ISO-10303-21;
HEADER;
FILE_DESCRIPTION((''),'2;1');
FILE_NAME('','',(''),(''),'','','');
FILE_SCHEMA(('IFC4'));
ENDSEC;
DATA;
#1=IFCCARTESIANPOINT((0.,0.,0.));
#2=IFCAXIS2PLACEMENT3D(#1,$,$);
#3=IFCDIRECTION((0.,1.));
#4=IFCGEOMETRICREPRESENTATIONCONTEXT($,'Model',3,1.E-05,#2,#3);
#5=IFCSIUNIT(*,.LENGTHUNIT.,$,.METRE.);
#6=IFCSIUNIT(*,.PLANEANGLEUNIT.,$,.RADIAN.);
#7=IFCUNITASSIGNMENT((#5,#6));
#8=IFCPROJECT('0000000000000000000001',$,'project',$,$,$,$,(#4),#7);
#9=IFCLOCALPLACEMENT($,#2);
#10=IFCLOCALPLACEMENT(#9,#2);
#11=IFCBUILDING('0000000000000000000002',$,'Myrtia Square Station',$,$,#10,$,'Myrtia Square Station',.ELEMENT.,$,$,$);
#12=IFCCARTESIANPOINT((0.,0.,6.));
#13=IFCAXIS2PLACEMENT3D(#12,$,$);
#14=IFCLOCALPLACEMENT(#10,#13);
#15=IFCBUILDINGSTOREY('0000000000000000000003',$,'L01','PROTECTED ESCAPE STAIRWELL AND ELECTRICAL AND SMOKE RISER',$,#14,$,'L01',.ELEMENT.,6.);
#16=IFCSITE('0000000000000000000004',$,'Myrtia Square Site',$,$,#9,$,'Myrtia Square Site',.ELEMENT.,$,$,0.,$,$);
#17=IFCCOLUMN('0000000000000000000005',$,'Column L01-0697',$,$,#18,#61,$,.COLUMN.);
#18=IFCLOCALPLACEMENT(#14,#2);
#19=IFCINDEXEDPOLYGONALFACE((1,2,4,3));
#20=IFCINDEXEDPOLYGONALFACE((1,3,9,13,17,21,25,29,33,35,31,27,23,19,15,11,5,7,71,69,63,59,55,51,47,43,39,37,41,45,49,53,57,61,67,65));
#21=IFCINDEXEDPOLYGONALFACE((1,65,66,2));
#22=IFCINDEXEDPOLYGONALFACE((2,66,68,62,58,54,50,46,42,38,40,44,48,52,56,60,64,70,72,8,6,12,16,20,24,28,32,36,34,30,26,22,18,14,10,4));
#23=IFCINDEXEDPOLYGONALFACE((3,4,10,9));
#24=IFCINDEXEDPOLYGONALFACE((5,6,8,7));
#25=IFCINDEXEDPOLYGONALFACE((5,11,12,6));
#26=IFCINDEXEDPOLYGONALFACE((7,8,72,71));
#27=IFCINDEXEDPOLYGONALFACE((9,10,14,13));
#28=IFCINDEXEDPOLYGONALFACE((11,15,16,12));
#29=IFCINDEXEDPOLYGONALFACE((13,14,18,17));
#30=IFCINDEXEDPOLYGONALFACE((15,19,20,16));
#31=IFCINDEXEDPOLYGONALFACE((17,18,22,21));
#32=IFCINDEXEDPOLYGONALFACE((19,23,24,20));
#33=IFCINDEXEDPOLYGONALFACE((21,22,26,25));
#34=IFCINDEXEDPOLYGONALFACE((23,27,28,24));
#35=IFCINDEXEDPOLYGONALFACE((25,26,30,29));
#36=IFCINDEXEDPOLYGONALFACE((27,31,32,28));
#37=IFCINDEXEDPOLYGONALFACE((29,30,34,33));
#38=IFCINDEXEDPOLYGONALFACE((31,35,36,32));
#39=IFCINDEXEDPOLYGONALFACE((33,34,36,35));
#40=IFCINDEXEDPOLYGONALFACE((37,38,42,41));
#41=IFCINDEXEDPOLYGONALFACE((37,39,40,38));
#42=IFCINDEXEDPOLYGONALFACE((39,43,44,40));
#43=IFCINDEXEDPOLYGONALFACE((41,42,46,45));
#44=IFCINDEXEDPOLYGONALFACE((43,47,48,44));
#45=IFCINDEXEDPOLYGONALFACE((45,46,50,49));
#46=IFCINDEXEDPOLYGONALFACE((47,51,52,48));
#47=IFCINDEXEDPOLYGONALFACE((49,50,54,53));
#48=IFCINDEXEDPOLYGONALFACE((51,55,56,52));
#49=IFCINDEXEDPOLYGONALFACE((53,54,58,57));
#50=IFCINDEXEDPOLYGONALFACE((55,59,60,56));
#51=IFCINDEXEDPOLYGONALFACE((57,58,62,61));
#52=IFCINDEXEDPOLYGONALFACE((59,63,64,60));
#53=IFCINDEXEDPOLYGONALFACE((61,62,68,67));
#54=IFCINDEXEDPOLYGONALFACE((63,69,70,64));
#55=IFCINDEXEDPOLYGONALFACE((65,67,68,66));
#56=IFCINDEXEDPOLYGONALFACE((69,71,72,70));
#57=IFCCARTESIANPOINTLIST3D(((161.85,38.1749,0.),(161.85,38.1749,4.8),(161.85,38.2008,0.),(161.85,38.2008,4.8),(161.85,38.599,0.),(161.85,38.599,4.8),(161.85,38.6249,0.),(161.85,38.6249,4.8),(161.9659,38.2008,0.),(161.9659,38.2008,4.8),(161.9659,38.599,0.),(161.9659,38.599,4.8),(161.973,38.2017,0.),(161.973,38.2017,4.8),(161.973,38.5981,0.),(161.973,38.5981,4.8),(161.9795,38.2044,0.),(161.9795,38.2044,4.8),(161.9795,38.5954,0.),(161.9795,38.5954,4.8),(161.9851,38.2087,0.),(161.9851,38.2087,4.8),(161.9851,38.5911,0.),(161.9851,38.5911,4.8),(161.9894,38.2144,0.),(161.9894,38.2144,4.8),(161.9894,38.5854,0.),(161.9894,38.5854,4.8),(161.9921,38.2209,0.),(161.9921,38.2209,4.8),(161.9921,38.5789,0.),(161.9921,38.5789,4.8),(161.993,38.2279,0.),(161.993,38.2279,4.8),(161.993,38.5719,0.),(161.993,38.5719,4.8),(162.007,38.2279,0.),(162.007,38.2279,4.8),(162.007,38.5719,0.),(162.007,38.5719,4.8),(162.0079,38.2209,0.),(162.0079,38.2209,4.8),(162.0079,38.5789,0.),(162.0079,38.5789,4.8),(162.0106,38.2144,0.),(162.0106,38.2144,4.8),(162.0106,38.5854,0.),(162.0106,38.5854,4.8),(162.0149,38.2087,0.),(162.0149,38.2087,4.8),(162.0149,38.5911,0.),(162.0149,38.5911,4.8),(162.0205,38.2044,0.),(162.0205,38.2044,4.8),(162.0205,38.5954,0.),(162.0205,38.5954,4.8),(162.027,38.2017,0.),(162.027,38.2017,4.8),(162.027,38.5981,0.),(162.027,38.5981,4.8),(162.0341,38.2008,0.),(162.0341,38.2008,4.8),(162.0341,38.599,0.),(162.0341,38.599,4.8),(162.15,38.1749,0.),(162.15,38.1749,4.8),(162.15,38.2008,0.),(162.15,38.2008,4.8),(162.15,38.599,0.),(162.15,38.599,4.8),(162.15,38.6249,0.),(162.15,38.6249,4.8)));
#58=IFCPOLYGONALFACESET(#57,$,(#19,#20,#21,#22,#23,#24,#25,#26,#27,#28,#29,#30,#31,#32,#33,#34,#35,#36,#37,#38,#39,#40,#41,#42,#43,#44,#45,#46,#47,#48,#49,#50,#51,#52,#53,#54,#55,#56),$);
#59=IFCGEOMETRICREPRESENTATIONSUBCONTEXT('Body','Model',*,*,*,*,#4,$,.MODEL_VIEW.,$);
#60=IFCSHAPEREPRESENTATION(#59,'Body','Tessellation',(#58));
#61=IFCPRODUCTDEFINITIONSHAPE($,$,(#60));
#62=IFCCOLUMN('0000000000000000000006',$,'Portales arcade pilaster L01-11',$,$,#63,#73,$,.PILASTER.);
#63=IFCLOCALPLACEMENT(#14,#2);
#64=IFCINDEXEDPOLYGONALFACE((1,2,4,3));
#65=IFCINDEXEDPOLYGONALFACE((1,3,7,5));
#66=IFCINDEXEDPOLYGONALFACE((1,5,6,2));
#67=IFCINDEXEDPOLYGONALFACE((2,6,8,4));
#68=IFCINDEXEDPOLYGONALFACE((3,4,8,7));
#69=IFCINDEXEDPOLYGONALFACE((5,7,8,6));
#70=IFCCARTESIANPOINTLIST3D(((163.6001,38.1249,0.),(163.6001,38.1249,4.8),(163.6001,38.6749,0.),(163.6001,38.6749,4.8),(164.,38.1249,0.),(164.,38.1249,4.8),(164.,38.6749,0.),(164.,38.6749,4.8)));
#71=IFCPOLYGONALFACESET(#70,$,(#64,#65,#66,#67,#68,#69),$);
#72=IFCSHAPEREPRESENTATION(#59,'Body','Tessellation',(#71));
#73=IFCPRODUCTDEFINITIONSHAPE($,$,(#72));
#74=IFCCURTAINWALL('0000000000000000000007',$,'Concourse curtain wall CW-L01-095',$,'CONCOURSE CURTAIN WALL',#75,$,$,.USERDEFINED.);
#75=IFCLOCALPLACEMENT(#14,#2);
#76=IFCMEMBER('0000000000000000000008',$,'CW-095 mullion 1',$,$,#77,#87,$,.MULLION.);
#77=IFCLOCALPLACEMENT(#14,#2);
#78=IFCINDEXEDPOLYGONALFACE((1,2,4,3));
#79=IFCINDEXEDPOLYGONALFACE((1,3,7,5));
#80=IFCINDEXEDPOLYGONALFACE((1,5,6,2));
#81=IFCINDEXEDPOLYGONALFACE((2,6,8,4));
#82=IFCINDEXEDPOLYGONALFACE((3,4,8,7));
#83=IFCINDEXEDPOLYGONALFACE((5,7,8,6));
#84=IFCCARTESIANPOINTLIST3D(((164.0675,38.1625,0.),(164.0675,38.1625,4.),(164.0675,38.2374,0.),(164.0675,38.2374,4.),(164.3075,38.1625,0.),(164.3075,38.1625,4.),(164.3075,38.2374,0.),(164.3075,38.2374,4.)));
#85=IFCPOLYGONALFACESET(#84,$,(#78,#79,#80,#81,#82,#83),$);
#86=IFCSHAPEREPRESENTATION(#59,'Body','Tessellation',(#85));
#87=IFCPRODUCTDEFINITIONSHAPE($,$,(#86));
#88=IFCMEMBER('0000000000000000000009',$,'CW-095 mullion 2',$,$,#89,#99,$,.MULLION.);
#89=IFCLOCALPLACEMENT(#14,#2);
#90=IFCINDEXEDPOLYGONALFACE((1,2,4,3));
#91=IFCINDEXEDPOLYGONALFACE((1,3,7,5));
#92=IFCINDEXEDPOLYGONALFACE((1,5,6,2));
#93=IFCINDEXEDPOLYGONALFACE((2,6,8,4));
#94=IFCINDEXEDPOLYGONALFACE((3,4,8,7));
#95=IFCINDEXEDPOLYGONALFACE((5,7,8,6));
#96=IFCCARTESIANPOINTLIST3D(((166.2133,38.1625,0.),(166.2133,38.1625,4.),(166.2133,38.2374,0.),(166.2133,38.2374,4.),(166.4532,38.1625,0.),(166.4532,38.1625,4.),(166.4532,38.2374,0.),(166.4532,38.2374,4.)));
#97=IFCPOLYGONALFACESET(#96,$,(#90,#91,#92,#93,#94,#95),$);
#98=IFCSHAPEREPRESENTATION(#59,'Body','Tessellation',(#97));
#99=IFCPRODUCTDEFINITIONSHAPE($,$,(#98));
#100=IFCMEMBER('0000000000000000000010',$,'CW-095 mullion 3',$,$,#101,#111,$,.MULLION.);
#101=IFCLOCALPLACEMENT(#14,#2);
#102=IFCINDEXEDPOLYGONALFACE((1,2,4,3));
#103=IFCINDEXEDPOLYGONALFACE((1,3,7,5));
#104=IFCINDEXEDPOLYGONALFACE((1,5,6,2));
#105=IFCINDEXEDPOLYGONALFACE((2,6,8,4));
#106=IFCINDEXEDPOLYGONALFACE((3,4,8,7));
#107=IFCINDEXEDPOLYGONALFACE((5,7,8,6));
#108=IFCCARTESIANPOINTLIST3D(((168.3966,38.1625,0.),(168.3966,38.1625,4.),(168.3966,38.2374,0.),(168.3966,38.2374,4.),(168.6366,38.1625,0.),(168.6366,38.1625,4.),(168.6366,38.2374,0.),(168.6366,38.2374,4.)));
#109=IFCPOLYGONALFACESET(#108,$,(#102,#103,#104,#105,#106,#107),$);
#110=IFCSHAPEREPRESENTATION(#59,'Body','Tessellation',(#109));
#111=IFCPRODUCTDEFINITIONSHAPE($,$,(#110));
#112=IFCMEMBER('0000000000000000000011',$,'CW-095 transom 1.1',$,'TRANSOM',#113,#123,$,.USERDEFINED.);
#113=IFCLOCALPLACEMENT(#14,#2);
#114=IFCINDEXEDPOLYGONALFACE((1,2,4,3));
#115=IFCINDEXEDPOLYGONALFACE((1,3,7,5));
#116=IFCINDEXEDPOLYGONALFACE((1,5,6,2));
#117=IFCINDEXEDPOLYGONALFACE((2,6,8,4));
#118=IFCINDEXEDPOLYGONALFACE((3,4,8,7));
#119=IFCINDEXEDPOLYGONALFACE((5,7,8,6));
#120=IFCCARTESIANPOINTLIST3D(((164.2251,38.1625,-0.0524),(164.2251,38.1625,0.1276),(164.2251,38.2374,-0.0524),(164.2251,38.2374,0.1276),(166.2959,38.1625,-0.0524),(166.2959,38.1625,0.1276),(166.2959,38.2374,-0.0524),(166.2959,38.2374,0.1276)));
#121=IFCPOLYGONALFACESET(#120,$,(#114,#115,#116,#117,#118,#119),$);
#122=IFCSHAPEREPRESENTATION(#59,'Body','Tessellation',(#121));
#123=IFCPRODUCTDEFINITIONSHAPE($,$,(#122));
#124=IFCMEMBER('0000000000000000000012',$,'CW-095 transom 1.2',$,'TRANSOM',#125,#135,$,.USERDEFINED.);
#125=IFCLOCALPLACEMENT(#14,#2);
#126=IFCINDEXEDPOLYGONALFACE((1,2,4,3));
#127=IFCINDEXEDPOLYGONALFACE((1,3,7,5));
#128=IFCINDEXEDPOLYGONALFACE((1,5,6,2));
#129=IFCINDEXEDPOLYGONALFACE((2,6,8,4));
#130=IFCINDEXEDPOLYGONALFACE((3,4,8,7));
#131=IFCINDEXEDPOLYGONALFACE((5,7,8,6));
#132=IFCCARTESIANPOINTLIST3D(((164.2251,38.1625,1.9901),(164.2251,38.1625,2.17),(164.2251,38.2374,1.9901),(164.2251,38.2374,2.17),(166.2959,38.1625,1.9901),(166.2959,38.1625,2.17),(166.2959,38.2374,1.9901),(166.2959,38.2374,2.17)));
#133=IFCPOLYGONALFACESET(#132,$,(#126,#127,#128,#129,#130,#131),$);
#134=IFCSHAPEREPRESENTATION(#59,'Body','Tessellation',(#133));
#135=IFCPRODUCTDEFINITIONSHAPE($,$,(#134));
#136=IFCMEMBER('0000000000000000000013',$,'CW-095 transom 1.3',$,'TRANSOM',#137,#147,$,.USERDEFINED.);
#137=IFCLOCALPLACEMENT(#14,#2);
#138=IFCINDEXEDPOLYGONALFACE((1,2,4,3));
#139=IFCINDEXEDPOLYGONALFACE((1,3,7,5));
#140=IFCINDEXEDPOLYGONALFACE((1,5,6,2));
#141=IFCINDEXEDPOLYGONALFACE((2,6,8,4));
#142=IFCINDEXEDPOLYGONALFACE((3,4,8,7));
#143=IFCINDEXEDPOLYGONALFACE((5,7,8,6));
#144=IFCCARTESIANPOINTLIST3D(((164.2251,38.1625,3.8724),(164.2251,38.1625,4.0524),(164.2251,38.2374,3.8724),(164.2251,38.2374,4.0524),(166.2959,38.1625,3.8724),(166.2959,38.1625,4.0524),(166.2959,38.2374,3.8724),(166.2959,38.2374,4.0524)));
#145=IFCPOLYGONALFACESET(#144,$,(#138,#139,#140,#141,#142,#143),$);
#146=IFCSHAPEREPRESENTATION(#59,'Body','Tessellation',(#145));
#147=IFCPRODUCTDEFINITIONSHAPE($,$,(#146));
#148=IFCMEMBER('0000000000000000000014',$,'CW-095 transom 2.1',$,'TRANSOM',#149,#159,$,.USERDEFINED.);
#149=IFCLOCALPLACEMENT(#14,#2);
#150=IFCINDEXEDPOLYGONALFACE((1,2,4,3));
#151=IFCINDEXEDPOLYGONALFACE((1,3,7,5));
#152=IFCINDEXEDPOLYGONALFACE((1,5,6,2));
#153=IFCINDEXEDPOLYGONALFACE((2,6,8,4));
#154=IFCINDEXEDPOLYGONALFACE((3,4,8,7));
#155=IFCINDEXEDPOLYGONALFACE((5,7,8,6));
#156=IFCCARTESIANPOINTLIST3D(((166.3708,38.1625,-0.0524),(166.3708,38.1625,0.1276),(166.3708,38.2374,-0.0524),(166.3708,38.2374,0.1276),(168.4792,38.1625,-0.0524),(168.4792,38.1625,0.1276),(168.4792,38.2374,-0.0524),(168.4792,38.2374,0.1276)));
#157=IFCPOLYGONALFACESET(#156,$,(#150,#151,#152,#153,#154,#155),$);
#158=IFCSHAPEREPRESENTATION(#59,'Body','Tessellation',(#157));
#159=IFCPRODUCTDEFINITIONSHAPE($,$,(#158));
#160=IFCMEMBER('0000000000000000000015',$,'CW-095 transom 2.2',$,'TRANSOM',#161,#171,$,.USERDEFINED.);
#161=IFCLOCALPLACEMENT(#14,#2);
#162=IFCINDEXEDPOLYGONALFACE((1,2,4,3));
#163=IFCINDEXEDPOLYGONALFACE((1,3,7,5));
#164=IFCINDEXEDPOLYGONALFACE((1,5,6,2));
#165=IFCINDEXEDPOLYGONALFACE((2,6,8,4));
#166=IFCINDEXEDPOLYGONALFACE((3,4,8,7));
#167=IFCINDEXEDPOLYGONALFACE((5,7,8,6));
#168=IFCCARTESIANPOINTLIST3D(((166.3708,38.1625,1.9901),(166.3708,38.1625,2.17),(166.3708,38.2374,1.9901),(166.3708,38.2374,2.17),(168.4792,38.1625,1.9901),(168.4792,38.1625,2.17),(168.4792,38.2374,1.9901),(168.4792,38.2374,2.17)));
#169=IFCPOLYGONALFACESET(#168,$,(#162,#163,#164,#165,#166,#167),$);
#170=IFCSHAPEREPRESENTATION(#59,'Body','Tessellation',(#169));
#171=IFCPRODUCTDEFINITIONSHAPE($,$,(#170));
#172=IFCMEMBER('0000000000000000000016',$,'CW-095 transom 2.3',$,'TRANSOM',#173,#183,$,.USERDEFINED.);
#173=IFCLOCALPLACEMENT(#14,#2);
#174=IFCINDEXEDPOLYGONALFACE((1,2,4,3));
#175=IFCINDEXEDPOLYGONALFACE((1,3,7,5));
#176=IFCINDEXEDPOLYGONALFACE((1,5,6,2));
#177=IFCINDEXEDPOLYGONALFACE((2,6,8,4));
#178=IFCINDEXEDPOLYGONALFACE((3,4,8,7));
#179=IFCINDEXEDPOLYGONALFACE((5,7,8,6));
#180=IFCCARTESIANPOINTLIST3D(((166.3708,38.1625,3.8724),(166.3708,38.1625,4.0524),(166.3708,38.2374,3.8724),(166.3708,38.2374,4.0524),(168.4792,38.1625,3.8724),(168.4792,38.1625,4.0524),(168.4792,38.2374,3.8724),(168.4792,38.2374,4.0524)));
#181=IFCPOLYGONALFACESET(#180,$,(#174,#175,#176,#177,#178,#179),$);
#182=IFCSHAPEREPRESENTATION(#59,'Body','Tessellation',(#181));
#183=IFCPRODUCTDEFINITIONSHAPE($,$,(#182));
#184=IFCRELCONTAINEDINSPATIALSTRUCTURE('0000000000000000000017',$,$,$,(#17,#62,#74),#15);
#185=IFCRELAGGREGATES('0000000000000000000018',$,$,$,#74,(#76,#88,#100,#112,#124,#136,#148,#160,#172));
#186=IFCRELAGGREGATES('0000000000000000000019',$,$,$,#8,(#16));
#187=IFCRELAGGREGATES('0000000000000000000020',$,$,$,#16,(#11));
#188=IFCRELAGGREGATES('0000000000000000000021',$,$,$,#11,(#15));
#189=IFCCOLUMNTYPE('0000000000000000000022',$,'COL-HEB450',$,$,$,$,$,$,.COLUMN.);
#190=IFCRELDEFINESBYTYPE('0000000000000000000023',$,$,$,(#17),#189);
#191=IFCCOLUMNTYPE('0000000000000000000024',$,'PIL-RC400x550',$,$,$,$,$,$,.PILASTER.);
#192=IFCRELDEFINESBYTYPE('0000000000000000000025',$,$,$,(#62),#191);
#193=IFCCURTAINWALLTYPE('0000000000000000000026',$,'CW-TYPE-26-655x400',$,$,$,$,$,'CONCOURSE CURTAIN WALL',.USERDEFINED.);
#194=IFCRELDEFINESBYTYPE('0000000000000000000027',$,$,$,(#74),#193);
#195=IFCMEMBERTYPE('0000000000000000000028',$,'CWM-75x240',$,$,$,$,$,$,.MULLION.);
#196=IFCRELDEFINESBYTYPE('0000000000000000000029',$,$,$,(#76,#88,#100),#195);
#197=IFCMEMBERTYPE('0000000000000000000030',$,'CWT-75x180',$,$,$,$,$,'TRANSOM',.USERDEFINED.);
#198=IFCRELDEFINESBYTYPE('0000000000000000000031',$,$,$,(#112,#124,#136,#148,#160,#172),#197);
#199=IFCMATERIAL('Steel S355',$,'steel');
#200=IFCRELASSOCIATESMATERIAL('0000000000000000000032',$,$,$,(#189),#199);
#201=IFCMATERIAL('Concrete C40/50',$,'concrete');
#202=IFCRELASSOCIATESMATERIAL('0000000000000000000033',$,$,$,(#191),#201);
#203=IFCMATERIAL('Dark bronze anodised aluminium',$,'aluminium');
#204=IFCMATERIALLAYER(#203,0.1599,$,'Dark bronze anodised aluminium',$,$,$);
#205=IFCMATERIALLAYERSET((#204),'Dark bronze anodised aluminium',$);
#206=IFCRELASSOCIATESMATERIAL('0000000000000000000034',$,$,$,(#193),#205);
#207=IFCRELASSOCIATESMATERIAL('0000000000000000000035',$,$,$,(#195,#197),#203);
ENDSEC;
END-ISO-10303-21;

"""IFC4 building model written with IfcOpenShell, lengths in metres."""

from ifc_helpers import new_model, si_unit, direction, frame, origin, origin_2d, place, context, subcontext, project, spatial, rectangle, i_section, extrude, material, layer, layer_set, material_profile, profile_set, type_object, element, aggregate, save


model = new_model("IFC4")

# Units and contexts
model_context = context("Model", 3, precision=1e-05, world=origin(), true_north=direction((0.0, 1.0)))
body_context = subcontext(model_context, "Body", "Model", "MODEL_VIEW")
ifc_project = project(units=[si_unit("LENGTHUNIT", "METRE"), si_unit("PLANEANGLEUNIT", "RADIAN")], contexts=[model_context])

# Site, building, storey
site_placement = place(None, origin())
site = spatial("IfcSite", under=ifc_project, at=site_placement, Name="Myrtia Square Site", LongName="Myrtia Square Site", CompositionType="ELEMENT", RefElevation=0.0)
building_placement = place(site_placement, origin())
building = spatial("IfcBuilding", under=site, at=building_placement, Name="Myrtia Square Station", LongName="Myrtia Square Station", CompositionType="ELEMENT")
storey_placement = place(building_placement, frame((0.0, 0.0, 6.0)))
storey = spatial("IfcBuildingStorey", under=building, at=storey_placement, Name="L01", Description="PROTECTED ESCAPE STAIRWELL AND ELECTRICAL AND SMOKE RISER", LongName="L01", CompositionType="ELEMENT", Elevation=6.0)

# Columns
ifc_material_1 = material(Name="Steel S355", Category="steel")
ifc_material_profile_1 = material_profile(ifc_material_1, i_section(OverallWidth=0.3, OverallDepth=0.45, WebThickness=0.0139, FlangeThickness=0.0259, FilletRadius=0.0271, at=origin_2d()), Name="HEB 450")
ifc_profile_set_1 = profile_set([ifc_material_profile_1], Name="Steel S355")
column_type_1 = type_object("IfcColumnType", Name="COL-HEB450", PredefinedType="COLUMN", material=ifc_profile_set_1)
column_1_placement = place(storey_placement, frame((162.0, 38.3999, 0.0), z_axis=(0.0, 0.0, 1.0), x_axis=(1.0, 0.0, 0.0)))
element("IfcColumn", 1, at=column_1_placement, inside=storey, type_object=column_type_1, Name="Column L01-0697", PredefinedType="COLUMN", context=body_context, shape_type="SweptSolid", body=[
    extrude(i_section(OverallWidth=0.3, OverallDepth=0.45, WebThickness=0.0139, FlangeThickness=0.0259, FilletRadius=0.0271, at=origin_2d()), origin(), (0.0, 0.0, 1.0), 4.8),
])
ifc_material_2 = material(Name="Concrete C40/50", Category="concrete")
ifc_material_profile_2 = material_profile(ifc_material_2, rectangle(XDim=0.3999, YDim=0.55, at=origin_2d()), Name="PIL 400x550")
ifc_profile_set_2 = profile_set([ifc_material_profile_2], Name="Concrete C40/50")
column_type_2 = type_object("IfcColumnType", Name="PIL-RC400x550", PredefinedType="PILASTER", material=ifc_profile_set_2)
column_2_placement = place(storey_placement, frame((163.8, 38.3999, 0.0), z_axis=(0.0, 0.0, 1.0), x_axis=(1.0, 0.0, 0.0)))
element("IfcColumn", 2, at=column_2_placement, inside=storey, type_object=column_type_2, Name="Portales arcade pilaster L01-11", PredefinedType="PILASTER", context=body_context, shape_type="SweptSolid", body=[
    extrude(rectangle(XDim=0.3999, YDim=0.55, at=origin_2d()), origin(), (0.0, 0.0, 1.0), 4.8),
])

# Curtain wall, members
ifc_material_3 = material(Name="Dark bronze anodised aluminium", Category="aluminium")
ifc_layer_1 = layer(ifc_material_3, 0.1599, Name="Dark bronze anodised aluminium")
ifc_layer_set_1 = layer_set([ifc_layer_1], Name="Dark bronze anodised aluminium")
curtain_wall_type = type_object("IfcCurtainWallType", Name="CW-TYPE-26-655x400", ElementType="CONCOURSE CURTAIN WALL", PredefinedType="USERDEFINED", material=ifc_layer_set_1)
curtain_wall_placement = place(storey_placement, origin())
curtain_wall = element("IfcCurtainWall", 3, at=curtain_wall_placement, inside=storey, type_object=curtain_wall_type, Name="Concourse curtain wall CW-L01-095", ObjectType="CONCOURSE CURTAIN WALL", PredefinedType="USERDEFINED")
ifc_material_profile_3 = material_profile(ifc_material_3, rectangle(XDim=0.075, YDim=0.24, at=origin_2d()), Name="ALU-M 75x240")
ifc_profile_set_3 = profile_set([ifc_material_profile_3], Name="Dark bronze anodised aluminium")
member_type_1 = type_object("IfcMemberType", Name="CWM-75x240", PredefinedType="MULLION", material=ifc_profile_set_3)
member_1_placement = place(storey_placement, frame((164.1875, 38.2, 0.0), z_axis=(0.0, 0.0, 1.0), x_axis=(0.0, 1.0, 0.0)))
member_1 = element("IfcMember", 4, at=member_1_placement, type_object=member_type_1, Name="CW-095 mullion 1", PredefinedType="MULLION", context=body_context, shape_type="SweptSolid", body=[
    extrude(rectangle(XDim=0.075, YDim=0.24, at=origin_2d()), origin(), (0.0, 0.0, 1.0), 4.0),
])
member_2_placement = place(storey_placement, frame((166.3333, 38.2, 0.0), z_axis=(0.0, 0.0, 1.0), x_axis=(0.0, 1.0, 0.0)))
member_2 = element("IfcMember", 5, at=member_2_placement, type_object=member_type_1, Name="CW-095 mullion 2", PredefinedType="MULLION", context=body_context, shape_type="SweptSolid", body=[
    extrude(rectangle(XDim=0.075, YDim=0.24, at=origin_2d()), origin(), (0.0, 0.0, 1.0), 4.0),
])
member_3_placement = place(storey_placement, frame((168.5166, 38.2, 0.0), z_axis=(0.0, 0.0, 1.0), x_axis=(0.0, 1.0, 0.0)))
member_3 = element("IfcMember", 6, at=member_3_placement, type_object=member_type_1, Name="CW-095 mullion 3", PredefinedType="MULLION", context=body_context, shape_type="SweptSolid", body=[
    extrude(rectangle(XDim=0.075, YDim=0.24, at=origin_2d()), origin(), (0.0, 0.0, 1.0), 4.0),
])
ifc_material_profile_4 = material_profile(ifc_material_3, rectangle(XDim=0.075, YDim=0.1799, at=origin_2d()), Name="ALU-T 75x180")
ifc_profile_set_4 = profile_set([ifc_material_profile_4], Name="Dark bronze anodised aluminium")
member_type_2 = type_object("IfcMemberType", Name="CWT-75x180", ElementType="TRANSOM", PredefinedType="USERDEFINED", material=ifc_profile_set_4)
member_4_placement = place(storey_placement, frame((164.2251, 38.2, 0.0376), z_axis=(1.0, 0.0, 0.0), x_axis=(0.0, 1.0, 0.0)))
member_4 = element("IfcMember", 7, at=member_4_placement, type_object=member_type_2, Name="CW-095 transom 1.1", ObjectType="TRANSOM", PredefinedType="USERDEFINED", context=body_context, shape_type="SweptSolid", body=[
    extrude(rectangle(XDim=0.075, YDim=0.1799, at=origin_2d()), origin(), (0.0, 0.0, 1.0), 2.0708),
])
member_5_placement = place(storey_placement, frame((164.2251, 38.2, 2.0801), z_axis=(1.0, 0.0, 0.0), x_axis=(0.0, 1.0, 0.0)))
member_5 = element("IfcMember", 8, at=member_5_placement, type_object=member_type_2, Name="CW-095 transom 1.2", ObjectType="TRANSOM", PredefinedType="USERDEFINED", context=body_context, shape_type="SweptSolid", body=[
    extrude(rectangle(XDim=0.075, YDim=0.1799, at=origin_2d()), origin(), (0.0, 0.0, 1.0), 2.0708),
])
member_6_placement = place(storey_placement, frame((164.2251, 38.2, 3.9624), z_axis=(1.0, 0.0, 0.0), x_axis=(0.0, 1.0, 0.0)))
member_6 = element("IfcMember", 9, at=member_6_placement, type_object=member_type_2, Name="CW-095 transom 1.3", ObjectType="TRANSOM", PredefinedType="USERDEFINED", context=body_context, shape_type="SweptSolid", body=[
    extrude(rectangle(XDim=0.075, YDim=0.1799, at=origin_2d()), origin(), (0.0, 0.0, 1.0), 2.0708),
])
member_7_placement = place(storey_placement, frame((166.3708, 38.2, 0.0376), z_axis=(1.0, 0.0, 0.0), x_axis=(0.0, 1.0, 0.0)))
member_7 = element("IfcMember", 10, at=member_7_placement, type_object=member_type_2, Name="CW-095 transom 2.1", ObjectType="TRANSOM", PredefinedType="USERDEFINED", context=body_context, shape_type="SweptSolid", body=[
    extrude(rectangle(XDim=0.075, YDim=0.1799, at=origin_2d()), origin(), (0.0, 0.0, 1.0), 2.1084),
])
member_8_placement = place(storey_placement, frame((166.3708, 38.2, 2.0801), z_axis=(1.0, 0.0, 0.0), x_axis=(0.0, 1.0, 0.0)))
member_8 = element("IfcMember", 11, at=member_8_placement, type_object=member_type_2, Name="CW-095 transom 2.2", ObjectType="TRANSOM", PredefinedType="USERDEFINED", context=body_context, shape_type="SweptSolid", body=[
    extrude(rectangle(XDim=0.075, YDim=0.1799, at=origin_2d()), origin(), (0.0, 0.0, 1.0), 2.1084),
])
member_9_placement = place(storey_placement, frame((166.3708, 38.2, 3.9624), z_axis=(1.0, 0.0, 0.0), x_axis=(0.0, 1.0, 0.0)))
member_9 = element("IfcMember", 12, at=member_9_placement, type_object=member_type_2, Name="CW-095 transom 2.3", ObjectType="TRANSOM", PredefinedType="USERDEFINED", context=body_context, shape_type="SweptSolid", body=[
    extrude(rectangle(XDim=0.075, YDim=0.1799, at=origin_2d()), origin(), (0.0, 0.0, 1.0), 2.1084),
])

aggregate(curtain_wall, [member_1, member_2, member_3, member_4, member_5, member_6, member_7, member_8, member_9])

save(model, "model.ifc")
